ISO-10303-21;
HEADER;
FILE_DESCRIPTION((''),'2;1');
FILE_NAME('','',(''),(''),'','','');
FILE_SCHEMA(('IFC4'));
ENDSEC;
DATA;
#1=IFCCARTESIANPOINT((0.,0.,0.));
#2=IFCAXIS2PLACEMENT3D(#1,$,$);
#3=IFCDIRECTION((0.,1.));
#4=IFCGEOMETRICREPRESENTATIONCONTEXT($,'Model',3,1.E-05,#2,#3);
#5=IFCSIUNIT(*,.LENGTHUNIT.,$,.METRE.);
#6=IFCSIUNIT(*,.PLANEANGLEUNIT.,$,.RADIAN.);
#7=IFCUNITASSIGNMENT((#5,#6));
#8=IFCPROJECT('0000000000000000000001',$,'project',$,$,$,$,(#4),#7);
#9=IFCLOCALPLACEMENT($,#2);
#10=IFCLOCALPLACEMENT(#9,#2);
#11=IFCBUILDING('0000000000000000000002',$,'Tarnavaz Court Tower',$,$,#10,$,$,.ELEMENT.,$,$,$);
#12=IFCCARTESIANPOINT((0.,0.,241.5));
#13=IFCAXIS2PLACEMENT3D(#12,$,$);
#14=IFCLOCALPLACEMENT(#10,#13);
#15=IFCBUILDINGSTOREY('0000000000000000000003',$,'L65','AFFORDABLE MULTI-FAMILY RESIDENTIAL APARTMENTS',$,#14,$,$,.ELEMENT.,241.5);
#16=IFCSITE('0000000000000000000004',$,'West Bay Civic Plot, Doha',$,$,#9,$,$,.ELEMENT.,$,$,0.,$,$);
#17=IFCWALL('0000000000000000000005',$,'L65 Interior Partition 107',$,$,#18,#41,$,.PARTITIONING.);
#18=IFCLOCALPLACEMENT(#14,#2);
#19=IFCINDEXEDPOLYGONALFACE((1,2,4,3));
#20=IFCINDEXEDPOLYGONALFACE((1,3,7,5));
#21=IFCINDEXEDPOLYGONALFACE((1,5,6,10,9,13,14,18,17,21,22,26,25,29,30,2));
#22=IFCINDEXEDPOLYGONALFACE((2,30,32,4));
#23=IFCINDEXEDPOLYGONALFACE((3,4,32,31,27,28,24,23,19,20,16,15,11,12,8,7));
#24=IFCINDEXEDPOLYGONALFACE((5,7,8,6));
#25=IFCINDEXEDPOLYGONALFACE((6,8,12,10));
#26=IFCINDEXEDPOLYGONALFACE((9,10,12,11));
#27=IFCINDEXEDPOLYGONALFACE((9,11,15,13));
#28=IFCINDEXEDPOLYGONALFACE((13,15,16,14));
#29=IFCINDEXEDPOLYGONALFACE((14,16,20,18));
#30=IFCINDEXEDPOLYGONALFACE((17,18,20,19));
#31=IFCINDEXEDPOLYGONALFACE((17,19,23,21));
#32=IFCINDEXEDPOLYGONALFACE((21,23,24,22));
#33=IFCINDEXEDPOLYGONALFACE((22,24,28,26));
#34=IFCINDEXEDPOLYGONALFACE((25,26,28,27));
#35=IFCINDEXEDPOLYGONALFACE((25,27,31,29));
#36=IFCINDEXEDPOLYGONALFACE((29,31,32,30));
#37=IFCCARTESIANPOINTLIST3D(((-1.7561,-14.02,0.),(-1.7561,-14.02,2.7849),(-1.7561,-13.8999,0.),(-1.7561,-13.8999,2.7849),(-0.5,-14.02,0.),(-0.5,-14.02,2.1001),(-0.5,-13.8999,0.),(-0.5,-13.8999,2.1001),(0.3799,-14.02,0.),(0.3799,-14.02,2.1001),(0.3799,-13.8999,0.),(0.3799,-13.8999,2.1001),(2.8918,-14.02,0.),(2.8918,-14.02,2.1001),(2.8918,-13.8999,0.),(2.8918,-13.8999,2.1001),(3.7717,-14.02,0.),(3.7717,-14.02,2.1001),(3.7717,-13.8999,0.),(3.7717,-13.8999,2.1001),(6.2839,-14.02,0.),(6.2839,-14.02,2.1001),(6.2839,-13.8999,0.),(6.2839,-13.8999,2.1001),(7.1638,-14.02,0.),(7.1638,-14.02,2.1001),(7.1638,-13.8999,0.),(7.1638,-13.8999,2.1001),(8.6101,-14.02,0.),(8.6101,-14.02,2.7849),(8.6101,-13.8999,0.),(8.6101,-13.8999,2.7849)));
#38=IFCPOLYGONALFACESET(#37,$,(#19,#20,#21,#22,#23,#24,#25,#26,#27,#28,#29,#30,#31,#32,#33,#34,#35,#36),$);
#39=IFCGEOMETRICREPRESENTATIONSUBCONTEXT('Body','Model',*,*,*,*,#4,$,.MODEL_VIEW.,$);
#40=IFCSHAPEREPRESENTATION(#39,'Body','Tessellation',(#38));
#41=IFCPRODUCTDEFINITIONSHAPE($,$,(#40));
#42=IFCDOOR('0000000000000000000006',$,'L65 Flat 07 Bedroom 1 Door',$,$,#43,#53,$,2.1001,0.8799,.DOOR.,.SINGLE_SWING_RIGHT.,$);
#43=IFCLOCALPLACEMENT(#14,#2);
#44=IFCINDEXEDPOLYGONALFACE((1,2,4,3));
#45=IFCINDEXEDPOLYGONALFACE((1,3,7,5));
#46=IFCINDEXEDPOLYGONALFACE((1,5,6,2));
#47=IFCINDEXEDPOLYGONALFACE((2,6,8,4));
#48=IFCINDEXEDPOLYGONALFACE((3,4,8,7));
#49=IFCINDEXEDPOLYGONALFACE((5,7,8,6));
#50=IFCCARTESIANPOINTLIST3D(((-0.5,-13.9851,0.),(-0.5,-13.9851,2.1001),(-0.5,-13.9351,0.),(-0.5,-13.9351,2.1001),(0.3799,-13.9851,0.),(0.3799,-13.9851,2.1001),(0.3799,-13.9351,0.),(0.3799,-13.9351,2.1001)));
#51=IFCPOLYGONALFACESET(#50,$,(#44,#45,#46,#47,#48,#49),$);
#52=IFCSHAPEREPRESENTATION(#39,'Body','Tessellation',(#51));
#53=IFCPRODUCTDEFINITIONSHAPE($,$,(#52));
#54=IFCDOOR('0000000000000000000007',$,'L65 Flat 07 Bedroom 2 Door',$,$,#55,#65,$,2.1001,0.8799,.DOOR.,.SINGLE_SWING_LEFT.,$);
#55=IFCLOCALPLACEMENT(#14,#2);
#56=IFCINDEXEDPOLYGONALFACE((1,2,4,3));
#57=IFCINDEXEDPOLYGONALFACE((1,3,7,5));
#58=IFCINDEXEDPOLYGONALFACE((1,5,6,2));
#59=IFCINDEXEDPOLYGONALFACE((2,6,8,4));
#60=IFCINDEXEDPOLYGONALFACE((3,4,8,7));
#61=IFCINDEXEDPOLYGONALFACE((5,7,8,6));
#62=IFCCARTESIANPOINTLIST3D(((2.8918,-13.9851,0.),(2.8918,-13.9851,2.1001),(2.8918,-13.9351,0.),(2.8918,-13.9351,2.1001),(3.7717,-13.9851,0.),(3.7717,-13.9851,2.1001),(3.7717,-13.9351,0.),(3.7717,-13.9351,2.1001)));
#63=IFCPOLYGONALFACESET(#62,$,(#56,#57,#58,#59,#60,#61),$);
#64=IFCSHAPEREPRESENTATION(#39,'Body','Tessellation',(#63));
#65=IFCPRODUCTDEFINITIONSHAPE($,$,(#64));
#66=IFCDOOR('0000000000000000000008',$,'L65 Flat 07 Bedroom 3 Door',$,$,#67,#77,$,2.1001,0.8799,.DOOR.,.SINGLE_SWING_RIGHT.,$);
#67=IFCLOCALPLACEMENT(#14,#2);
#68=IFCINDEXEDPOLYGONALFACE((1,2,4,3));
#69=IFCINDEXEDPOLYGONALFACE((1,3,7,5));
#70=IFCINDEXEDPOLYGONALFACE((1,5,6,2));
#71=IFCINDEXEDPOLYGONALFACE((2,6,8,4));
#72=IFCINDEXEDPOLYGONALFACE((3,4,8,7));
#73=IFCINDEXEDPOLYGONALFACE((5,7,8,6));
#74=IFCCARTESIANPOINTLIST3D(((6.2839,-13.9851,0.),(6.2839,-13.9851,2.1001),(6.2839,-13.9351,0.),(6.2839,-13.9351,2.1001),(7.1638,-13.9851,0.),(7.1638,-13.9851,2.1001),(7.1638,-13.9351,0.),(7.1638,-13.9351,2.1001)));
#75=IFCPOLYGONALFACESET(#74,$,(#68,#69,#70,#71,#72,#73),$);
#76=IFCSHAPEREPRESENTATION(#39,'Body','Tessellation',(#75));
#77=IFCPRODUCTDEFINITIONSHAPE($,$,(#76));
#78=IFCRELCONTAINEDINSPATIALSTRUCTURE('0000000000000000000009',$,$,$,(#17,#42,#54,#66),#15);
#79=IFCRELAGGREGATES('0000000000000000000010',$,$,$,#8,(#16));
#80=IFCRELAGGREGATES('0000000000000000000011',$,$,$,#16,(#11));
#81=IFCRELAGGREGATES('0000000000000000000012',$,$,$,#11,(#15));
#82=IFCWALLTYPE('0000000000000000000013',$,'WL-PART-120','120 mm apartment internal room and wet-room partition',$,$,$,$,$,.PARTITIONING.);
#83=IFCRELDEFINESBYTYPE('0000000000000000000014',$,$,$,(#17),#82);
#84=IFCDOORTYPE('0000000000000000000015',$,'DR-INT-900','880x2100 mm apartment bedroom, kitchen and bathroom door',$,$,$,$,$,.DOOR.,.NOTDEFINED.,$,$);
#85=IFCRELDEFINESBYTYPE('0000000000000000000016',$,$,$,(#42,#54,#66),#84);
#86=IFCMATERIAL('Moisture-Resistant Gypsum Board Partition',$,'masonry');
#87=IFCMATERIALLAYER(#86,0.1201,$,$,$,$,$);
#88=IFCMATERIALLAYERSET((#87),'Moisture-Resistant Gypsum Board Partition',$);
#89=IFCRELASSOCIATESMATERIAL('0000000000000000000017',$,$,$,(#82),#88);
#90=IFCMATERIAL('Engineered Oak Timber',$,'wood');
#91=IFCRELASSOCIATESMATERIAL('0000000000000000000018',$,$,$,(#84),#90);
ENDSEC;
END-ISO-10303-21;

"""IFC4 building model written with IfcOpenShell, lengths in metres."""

from ifc_helpers import new_model, si_unit, direction, frame, frame_2d, origin, place, context, subcontext, project, spatial, rectangle, extrude, material, layer, layer_set, type_object, element, fill, save


model = new_model("IFC4")

# Units and contexts
model_context = context("Model", 3, precision=1e-05, world=origin(), true_north=direction((0.0, 1.0)))
body_context = subcontext(model_context, "Body", "Model", "MODEL_VIEW")
ifc_project = project(units=[si_unit("LENGTHUNIT", "METRE"), si_unit("PLANEANGLEUNIT", "RADIAN")], contexts=[model_context])

# Site, building, storey
site_placement = place(None, origin())
site = spatial("IfcSite", under=ifc_project, at=site_placement, Name="West Bay Civic Plot, Doha", CompositionType="ELEMENT", RefElevation=0.0)
building_placement = place(site_placement, origin())
building = spatial("IfcBuilding", under=site, at=building_placement, Name="Tarnavaz Court Tower", CompositionType="ELEMENT")
storey_placement = place(building_placement, frame((0.0, 0.0, 241.5)))
storey = spatial("IfcBuildingStorey", under=building, at=storey_placement, Name="L65", Description="AFFORDABLE MULTI-FAMILY RESIDENTIAL APARTMENTS", CompositionType="ELEMENT", Elevation=241.5)

# Shared definitions
ifc_material_1 = material(Name="Moisture-Resistant Gypsum Board Partition", Category="masonry")
ifc_layer = layer(ifc_material_1, 0.1201)
ifc_layer_set = layer_set([ifc_layer], Name="Moisture-Resistant Gypsum Board Partition")
wall_type = type_object("IfcWallType", Name="WL-PART-120", Description="120 mm apartment internal room and wet-room partition", PredefinedType="PARTITIONING", material=ifc_layer_set)
ifc_material_2 = material(Name="Engineered Oak Timber", Category="wood")
door_type = type_object("IfcDoorType", Name="DR-INT-900", Description="880x2100 mm apartment bedroom, kitchen and bathroom door", OperationType="NOTDEFINED", PredefinedType="DOOR", material=ifc_material_2)

# Wall, openings, doors
wall_1_placement = place(storey_placement, frame((-1.7561, -13.96, 0.0), z_axis=(0.0, 0.0, 1.0), x_axis=(1.0, 0.0, 0.0)))
wall_1 = element("IfcWall", 1, at=wall_1_placement, inside=storey, type_object=wall_type, Name="L65 Interior Partition 107", PredefinedType="PARTITIONING", context=body_context, shape_type="SweptSolid", body=[
    extrude(rectangle(XDim=10.3662, YDim=0.1201, at=frame_2d((5.1831, 0.0))), origin(), (0.0, 0.0, 1.0), 2.7849),
])
opening_1_placement = place(wall_1_placement, frame((1.2561, 0.0, 0.0)))
opening_1 = element("IfcOpeningElement", 2, at=opening_1_placement, cuts=wall_1, PredefinedType="OPENING", context=body_context, shape_type="SweptSolid", body=[
    extrude(rectangle(XDim=0.8799, YDim=2.1001, at=frame_2d((0.4399, 1.05))), frame((0.0, 0.0701, 0.0), z_axis=(0.0, -1.0, 0.0), x_axis=(1.0, 0.0, 0.0)), (0.0, 0.0, 1.0), 0.1401),
])
opening_2_placement = place(wall_1_placement, frame((4.6479, 0.0, 0.0)))
opening_2 = element("IfcOpeningElement", 3, at=opening_2_placement, cuts=wall_1, PredefinedType="OPENING", context=body_context, shape_type="SweptSolid", body=[
    extrude(rectangle(XDim=0.8799, YDim=2.1001, at=frame_2d((0.4399, 1.05))), frame((0.0, 0.0701, 0.0), z_axis=(0.0, -1.0, 0.0), x_axis=(1.0, 0.0, 0.0)), (0.0, 0.0, 1.0), 0.1401),
])
opening_3_placement = place(wall_1_placement, frame((8.04, 0.0, 0.0)))
opening_3 = element("IfcOpeningElement", 4, at=opening_3_placement, cuts=wall_1, PredefinedType="OPENING", context=body_context, shape_type="SweptSolid", body=[
    extrude(rectangle(XDim=0.8799, YDim=2.1001, at=frame_2d((0.4399, 1.05))), frame((0.0, 0.0701, 0.0), z_axis=(0.0, -1.0, 0.0), x_axis=(1.0, 0.0, 0.0)), (0.0, 0.0, 1.0), 0.1401),
])
door_1_placement = place(opening_1_placement, origin())
door_1 = element("IfcDoor", 5, at=door_1_placement, inside=storey, type_object=door_type, Name="L65 Flat 07 Bedroom 1 Door", OperationType="SINGLE_SWING_RIGHT", OverallHeight=2.1001, OverallWidth=0.8799, PredefinedType="DOOR", context=body_context, shape_type="SweptSolid", body=[
    extrude(rectangle(XDim=0.8799, YDim=2.1001, at=frame_2d((0.4399, 1.05))), frame((0.0, 0.0249, 0.0), z_axis=(0.0, -1.0, 0.0), x_axis=(1.0, 0.0, 0.0)), (0.0, 0.0, 1.0), 0.05),
])
fill(opening_1, door_1)
door_2_placement = place(opening_2_placement, origin())
door_2 = element("IfcDoor", 6, at=door_2_placement, inside=storey, type_object=door_type, Name="L65 Flat 07 Bedroom 2 Door", OperationType="SINGLE_SWING_LEFT", OverallHeight=2.1001, OverallWidth=0.8799, PredefinedType="DOOR", context=body_context, shape_type="SweptSolid", body=[
    extrude(rectangle(XDim=0.8799, YDim=2.1001, at=frame_2d((0.4399, 1.05))), frame((0.0, 0.0249, 0.0), z_axis=(0.0, -1.0, 0.0), x_axis=(1.0, 0.0, 0.0)), (0.0, 0.0, 1.0), 0.05),
])
fill(opening_2, door_2)
door_3_placement = place(opening_3_placement, origin())
door_3 = element("IfcDoor", 7, at=door_3_placement, inside=storey, type_object=door_type, Name="L65 Flat 07 Bedroom 3 Door", OperationType="SINGLE_SWING_RIGHT", OverallHeight=2.1001, OverallWidth=0.8799, PredefinedType="DOOR", context=body_context, shape_type="SweptSolid", body=[
    extrude(rectangle(XDim=0.8799, YDim=2.1001, at=frame_2d((0.4399, 1.05))), frame((0.0, 0.0249, 0.0), z_axis=(0.0, -1.0, 0.0), x_axis=(1.0, 0.0, 0.0)), (0.0, 0.0, 1.0), 0.05),
])
fill(opening_3, door_3)

save(model, "model.ifc")
